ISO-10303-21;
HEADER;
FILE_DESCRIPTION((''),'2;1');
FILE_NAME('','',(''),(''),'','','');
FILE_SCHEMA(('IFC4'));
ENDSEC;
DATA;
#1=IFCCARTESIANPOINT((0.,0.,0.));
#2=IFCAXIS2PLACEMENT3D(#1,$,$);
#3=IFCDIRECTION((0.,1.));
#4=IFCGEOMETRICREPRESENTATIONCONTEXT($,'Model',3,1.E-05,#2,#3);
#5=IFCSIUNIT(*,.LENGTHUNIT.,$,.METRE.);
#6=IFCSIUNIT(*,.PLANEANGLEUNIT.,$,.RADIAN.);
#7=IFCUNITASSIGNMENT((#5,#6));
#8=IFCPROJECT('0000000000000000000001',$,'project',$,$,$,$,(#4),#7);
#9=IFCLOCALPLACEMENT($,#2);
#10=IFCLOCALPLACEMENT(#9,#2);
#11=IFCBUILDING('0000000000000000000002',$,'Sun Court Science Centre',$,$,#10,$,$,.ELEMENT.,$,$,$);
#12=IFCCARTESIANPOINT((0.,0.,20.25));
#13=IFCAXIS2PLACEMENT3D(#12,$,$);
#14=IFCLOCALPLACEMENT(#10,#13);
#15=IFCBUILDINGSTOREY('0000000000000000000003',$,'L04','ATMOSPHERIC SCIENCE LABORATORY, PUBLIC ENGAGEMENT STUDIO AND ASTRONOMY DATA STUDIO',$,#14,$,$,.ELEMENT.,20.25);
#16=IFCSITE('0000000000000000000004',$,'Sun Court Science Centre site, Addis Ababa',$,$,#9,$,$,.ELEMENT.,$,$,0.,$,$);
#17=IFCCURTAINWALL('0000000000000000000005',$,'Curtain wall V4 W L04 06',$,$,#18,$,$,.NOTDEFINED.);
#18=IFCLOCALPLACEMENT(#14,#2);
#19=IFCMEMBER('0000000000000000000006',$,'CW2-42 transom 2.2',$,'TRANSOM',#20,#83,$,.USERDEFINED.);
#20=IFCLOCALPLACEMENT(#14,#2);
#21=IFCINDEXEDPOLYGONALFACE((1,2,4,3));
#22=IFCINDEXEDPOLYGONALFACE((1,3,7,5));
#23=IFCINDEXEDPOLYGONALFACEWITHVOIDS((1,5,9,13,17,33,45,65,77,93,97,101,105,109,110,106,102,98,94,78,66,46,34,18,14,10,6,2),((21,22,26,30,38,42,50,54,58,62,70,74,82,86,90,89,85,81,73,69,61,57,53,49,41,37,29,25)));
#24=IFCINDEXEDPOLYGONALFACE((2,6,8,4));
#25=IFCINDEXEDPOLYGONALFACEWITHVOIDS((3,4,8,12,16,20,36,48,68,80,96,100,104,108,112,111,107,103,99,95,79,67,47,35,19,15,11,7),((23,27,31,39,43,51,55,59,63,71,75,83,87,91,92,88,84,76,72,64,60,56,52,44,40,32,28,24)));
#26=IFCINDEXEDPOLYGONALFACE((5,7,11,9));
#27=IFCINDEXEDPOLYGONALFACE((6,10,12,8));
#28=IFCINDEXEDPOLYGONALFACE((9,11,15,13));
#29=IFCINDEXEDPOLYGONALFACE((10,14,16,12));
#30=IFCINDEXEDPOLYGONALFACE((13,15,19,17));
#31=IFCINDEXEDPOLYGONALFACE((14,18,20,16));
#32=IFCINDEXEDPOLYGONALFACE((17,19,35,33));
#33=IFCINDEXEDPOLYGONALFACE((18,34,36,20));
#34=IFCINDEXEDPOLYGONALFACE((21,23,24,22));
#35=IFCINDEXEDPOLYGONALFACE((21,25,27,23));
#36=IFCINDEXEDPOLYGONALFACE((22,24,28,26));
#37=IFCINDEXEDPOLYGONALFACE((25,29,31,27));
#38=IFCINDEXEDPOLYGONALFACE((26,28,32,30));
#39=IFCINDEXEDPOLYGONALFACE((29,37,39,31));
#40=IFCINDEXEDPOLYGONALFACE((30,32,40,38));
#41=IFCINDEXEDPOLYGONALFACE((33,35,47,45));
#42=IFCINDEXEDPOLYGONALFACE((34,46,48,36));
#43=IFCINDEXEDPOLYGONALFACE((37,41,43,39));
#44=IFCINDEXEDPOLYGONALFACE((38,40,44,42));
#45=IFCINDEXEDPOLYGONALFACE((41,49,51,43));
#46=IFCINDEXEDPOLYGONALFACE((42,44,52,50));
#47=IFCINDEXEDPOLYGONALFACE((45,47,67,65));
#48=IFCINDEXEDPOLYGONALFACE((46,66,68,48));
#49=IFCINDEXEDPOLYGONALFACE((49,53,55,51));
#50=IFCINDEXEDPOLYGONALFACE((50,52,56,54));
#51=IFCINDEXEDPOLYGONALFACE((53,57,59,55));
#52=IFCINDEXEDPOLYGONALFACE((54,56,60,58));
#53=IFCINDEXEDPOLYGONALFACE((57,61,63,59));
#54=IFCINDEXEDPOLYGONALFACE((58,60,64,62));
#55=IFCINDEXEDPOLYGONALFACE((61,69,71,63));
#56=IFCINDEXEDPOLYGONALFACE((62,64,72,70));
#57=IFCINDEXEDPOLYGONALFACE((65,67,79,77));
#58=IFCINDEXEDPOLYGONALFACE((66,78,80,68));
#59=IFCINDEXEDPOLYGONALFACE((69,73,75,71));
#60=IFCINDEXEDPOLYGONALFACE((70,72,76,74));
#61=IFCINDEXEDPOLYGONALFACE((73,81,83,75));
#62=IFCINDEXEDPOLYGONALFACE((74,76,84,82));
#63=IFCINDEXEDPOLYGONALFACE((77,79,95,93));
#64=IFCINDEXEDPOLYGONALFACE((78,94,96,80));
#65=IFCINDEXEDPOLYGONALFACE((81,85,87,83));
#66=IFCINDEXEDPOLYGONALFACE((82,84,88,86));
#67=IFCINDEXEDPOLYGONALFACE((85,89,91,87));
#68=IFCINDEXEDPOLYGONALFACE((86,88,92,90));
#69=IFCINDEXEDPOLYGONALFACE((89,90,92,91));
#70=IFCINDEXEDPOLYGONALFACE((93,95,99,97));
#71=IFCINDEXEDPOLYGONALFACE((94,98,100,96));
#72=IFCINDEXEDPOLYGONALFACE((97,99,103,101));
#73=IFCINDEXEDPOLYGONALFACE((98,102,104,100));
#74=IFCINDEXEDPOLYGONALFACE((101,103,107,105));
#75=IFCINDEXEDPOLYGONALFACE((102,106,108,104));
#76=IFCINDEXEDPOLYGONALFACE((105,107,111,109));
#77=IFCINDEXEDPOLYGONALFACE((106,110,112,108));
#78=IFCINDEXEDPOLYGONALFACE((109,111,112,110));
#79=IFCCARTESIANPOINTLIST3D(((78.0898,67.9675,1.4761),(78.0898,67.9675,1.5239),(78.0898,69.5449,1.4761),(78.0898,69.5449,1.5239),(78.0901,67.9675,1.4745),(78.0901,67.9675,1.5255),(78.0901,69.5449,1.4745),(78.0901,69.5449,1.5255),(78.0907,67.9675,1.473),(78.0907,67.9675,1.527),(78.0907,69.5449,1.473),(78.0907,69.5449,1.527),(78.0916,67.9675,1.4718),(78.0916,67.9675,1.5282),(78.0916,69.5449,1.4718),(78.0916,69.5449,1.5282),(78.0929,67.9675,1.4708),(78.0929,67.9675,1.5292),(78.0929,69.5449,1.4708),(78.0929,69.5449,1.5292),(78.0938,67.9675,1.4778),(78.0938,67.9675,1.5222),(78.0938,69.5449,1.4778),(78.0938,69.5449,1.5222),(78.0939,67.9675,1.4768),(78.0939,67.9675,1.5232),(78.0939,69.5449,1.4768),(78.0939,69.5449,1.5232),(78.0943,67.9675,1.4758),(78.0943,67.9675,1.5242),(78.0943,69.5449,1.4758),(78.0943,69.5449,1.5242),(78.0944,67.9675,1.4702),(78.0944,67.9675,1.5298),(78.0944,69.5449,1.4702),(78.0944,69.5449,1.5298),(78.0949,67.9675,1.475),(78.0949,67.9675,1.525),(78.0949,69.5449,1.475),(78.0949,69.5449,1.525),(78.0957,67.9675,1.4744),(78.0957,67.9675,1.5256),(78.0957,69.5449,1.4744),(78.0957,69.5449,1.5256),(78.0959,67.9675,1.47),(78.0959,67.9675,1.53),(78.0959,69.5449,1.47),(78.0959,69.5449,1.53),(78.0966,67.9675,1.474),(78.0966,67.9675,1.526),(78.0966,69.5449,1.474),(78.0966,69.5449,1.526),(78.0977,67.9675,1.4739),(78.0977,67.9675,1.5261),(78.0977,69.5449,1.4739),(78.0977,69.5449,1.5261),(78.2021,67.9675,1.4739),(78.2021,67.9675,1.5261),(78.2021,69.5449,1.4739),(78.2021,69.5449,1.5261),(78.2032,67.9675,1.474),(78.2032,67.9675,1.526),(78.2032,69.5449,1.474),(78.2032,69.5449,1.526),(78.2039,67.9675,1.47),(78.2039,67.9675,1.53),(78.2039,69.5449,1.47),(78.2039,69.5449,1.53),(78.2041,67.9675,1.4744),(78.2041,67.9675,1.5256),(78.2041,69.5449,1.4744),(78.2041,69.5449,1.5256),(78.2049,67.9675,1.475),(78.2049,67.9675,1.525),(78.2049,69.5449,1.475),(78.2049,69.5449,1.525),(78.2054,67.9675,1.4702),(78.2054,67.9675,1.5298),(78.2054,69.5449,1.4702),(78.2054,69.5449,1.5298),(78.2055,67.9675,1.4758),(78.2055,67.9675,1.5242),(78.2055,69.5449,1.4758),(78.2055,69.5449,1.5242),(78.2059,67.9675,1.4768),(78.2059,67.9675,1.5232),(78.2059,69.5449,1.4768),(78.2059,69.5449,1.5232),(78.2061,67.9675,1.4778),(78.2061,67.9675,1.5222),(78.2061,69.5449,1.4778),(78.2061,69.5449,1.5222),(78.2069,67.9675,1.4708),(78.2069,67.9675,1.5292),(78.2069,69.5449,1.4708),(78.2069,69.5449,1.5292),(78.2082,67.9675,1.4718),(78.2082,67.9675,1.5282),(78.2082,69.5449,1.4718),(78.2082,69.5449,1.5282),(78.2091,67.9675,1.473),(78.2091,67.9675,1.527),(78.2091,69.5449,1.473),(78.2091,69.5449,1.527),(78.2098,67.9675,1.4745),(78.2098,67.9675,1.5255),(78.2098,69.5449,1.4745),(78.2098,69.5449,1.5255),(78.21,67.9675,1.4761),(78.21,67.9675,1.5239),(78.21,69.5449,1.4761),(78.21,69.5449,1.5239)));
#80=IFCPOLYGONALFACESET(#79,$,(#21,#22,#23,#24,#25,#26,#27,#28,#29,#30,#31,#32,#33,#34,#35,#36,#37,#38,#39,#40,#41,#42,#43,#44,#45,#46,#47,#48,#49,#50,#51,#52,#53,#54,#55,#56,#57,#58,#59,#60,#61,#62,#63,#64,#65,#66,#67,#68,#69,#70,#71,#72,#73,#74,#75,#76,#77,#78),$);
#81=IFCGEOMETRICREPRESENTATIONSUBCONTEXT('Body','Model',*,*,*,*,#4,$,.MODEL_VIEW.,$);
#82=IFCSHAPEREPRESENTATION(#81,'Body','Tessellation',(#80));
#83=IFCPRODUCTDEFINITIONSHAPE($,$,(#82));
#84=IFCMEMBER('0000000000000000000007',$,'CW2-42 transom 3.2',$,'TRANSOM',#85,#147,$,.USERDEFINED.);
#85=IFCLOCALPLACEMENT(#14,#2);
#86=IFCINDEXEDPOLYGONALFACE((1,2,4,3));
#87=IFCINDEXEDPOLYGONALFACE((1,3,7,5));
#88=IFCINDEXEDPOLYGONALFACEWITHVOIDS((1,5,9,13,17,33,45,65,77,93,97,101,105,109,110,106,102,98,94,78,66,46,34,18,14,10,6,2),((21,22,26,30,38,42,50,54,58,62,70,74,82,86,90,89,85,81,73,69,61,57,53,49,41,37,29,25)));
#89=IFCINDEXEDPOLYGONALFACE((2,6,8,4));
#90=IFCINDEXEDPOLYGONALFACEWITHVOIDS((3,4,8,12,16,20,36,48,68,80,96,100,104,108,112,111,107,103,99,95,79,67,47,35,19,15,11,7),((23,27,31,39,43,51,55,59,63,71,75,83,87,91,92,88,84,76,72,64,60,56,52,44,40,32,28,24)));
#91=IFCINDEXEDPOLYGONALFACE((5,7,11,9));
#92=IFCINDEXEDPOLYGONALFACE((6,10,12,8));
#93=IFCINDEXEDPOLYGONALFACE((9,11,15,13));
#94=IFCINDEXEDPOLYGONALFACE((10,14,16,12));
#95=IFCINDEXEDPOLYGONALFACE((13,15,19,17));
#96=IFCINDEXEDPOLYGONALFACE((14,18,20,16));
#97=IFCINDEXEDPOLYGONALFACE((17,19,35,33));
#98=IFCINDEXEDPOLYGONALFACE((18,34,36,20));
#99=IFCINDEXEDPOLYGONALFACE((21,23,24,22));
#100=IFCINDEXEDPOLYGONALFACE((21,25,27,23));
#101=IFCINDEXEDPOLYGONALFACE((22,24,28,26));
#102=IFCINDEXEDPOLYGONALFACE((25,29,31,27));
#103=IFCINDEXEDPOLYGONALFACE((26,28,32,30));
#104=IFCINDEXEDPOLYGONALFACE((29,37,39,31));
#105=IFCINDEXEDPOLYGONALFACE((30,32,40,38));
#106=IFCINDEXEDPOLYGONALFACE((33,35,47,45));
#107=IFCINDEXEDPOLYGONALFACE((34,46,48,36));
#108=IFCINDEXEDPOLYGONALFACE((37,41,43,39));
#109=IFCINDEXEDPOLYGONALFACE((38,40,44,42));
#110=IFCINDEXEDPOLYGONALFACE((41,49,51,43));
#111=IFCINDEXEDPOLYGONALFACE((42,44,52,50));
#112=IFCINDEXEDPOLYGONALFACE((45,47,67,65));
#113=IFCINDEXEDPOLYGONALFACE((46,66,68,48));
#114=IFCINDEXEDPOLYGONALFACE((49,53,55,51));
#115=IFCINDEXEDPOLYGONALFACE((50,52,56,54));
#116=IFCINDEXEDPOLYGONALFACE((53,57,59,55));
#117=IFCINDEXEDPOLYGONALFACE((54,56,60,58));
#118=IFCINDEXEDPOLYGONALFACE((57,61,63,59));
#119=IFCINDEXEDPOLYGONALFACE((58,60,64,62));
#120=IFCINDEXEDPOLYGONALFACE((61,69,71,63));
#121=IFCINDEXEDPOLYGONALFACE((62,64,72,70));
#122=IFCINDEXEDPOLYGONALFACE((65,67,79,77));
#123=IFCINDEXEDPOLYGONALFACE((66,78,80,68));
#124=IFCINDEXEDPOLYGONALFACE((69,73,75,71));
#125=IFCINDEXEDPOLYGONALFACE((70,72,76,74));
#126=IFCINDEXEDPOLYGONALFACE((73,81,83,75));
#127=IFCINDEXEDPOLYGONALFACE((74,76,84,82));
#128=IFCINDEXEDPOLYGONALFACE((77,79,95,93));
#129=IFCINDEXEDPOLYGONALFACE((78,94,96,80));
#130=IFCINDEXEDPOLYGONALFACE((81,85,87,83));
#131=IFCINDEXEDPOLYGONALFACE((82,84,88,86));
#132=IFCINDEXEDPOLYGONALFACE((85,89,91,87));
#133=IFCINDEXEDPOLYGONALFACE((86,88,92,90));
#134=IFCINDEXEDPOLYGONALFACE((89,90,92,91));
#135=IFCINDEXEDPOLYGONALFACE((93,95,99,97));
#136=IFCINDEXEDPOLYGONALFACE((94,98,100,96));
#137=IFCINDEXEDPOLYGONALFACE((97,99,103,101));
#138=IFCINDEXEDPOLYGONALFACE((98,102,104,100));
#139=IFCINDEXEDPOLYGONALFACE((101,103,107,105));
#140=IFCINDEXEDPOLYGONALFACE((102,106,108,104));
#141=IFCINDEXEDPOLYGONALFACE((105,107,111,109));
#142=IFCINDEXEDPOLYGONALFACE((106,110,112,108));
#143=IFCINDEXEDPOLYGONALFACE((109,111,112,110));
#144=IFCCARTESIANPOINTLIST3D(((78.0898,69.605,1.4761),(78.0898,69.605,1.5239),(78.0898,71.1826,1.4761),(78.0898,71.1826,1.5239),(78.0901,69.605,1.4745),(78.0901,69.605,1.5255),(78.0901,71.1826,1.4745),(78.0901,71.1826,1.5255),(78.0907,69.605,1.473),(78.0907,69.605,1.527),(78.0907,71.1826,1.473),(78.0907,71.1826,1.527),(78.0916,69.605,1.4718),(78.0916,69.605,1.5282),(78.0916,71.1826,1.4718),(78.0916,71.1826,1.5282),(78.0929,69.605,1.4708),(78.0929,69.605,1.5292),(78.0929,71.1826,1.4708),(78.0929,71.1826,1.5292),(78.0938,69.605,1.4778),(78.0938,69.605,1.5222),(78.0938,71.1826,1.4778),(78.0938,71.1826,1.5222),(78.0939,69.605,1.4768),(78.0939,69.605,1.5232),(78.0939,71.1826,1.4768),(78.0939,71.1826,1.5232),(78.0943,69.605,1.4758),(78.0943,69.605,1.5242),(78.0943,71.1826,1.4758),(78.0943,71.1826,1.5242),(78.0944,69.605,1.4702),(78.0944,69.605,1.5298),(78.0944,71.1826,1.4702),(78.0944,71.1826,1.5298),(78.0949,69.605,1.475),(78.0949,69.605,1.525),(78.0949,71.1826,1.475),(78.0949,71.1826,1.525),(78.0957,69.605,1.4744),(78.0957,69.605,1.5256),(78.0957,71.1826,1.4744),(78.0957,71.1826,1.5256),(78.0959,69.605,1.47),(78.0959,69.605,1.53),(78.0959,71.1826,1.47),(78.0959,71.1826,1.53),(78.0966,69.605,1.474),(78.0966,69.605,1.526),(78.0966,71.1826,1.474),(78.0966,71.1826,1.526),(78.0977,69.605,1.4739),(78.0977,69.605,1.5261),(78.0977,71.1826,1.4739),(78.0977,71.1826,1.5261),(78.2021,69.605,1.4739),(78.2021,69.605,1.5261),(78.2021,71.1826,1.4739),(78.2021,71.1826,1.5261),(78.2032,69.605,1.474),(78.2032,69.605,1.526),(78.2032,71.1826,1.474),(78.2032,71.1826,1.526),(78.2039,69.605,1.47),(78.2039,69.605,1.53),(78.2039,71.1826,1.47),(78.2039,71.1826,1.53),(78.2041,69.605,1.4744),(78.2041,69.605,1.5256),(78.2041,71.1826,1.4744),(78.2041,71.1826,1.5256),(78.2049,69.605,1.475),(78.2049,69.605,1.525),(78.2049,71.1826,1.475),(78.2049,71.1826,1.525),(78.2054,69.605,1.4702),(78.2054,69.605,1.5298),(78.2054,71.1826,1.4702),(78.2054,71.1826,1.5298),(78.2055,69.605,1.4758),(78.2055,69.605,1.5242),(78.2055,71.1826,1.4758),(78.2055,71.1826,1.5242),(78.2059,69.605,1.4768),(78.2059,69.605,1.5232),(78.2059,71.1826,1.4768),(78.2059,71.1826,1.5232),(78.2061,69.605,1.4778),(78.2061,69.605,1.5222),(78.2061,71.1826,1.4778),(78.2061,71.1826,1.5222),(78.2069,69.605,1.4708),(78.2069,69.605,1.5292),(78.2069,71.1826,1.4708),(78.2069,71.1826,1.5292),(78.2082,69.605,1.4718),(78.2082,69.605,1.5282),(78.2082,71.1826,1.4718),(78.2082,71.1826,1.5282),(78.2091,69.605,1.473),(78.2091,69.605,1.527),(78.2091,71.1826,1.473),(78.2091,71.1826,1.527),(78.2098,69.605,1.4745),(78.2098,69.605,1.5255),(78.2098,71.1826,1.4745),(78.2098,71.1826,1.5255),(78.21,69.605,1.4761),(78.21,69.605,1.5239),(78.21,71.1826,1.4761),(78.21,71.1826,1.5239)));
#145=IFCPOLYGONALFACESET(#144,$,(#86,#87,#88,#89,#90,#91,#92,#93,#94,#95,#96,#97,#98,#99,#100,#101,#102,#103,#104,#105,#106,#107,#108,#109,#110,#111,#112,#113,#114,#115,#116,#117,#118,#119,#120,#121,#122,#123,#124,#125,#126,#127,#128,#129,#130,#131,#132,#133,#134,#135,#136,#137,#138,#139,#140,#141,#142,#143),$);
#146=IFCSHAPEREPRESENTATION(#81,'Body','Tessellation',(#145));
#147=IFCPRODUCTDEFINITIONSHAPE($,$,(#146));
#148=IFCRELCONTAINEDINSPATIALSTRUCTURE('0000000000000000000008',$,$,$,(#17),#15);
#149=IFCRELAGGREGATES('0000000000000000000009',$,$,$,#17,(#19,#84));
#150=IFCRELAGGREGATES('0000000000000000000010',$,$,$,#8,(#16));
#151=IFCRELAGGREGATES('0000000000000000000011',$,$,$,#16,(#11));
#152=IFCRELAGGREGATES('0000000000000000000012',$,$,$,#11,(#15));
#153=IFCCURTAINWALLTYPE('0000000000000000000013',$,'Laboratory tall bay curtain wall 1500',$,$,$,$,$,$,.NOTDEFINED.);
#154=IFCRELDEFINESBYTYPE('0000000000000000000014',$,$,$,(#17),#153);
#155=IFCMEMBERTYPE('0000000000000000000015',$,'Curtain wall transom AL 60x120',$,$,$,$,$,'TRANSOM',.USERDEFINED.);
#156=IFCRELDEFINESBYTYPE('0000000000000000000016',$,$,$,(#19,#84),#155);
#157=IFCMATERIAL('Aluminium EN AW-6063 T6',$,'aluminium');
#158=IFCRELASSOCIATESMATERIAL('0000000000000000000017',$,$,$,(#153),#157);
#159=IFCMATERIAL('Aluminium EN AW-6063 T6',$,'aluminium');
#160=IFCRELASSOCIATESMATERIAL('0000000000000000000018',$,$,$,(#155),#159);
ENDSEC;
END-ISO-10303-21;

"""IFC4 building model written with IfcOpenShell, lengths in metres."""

from ifc_helpers import new_model, si_unit, direction, frame, origin, origin_2d, place, context, subcontext, project, spatial, hollow_rectangle, extrude, material, material_profile, profile_set, type_object, element, aggregate, save


model = new_model("IFC4")

# Units and contexts
model_context = context("Model", 3, precision=1e-05, world=origin(), true_north=direction((0.0, 1.0)))
body_context = subcontext(model_context, "Body", "Model", "MODEL_VIEW")
ifc_project = project(units=[si_unit("LENGTHUNIT", "METRE"), si_unit("PLANEANGLEUNIT", "RADIAN")], contexts=[model_context])

# Site, building, storey
site_placement = place(None, origin())
site = spatial("IfcSite", under=ifc_project, at=site_placement, Name="Sun Court Science Centre site, Addis Ababa", CompositionType="ELEMENT", RefElevation=0.0)
building_placement = place(site_placement, origin())
building = spatial("IfcBuilding", under=site, at=building_placement, Name="Sun Court Science Centre", CompositionType="ELEMENT")
storey_placement = place(building_placement, frame((0.0, 0.0, 20.25)))
storey = spatial("IfcBuildingStorey", under=building, at=storey_placement, Name="L04", Description="ATMOSPHERIC SCIENCE LABORATORY, PUBLIC ENGAGEMENT STUDIO AND ASTRONOMY DATA STUDIO", CompositionType="ELEMENT", Elevation=20.25)

# Curtain wall
ifc_material_1 = material(Name="Aluminium EN AW-6063 T6", Category="aluminium")
curtain_wall_type = type_object("IfcCurtainWallType", Name="Laboratory tall bay curtain wall 1500", PredefinedType="NOTDEFINED", material=ifc_material_1)
curtain_wall_1_placement = place(storey_placement, origin())
curtain_wall_1 = element("IfcCurtainWall", 1, at=curtain_wall_1_placement, inside=storey, type_object=curtain_wall_type, Name="Curtain wall V4 W L04 06", PredefinedType="NOTDEFINED")

# Members
ifc_material_2 = material(Name="Aluminium EN AW-6063 T6", Category="aluminium")
ifc_material_profile_1 = material_profile(ifc_material_2, hollow_rectangle(XDim=0.0601, YDim=0.1201, WallThickness=0.0039, InnerFilletRadius=0.0039, OuterFilletRadius=0.0061, at=origin_2d()), Name="AL 60x120x4")
ifc_profile_set_1 = profile_set([ifc_material_profile_1], Name="Aluminium EN AW-6063 T6")
member_type_1 = type_object("IfcMemberType", Name="Curtain wall transom AL 60x120", ElementType="TRANSOM", PredefinedType="USERDEFINED", material=ifc_profile_set_1)
member_1_placement = place(storey_placement, frame((78.1499, 67.9675, 1.5), z_axis=(0.0, 1.0, 0.0), x_axis=(0.0, 0.0, 1.0)))
member_1 = element("IfcMember", 2, at=member_1_placement, type_object=member_type_1, Name="CW2-42 transom 2.2", ObjectType="TRANSOM", PredefinedType="USERDEFINED", context=body_context, shape_type="SweptSolid", body=[
    extrude(hollow_rectangle(XDim=0.0601, YDim=0.1201, WallThickness=0.0039, InnerFilletRadius=0.0039, OuterFilletRadius=0.0061, at=origin_2d()), origin(), (0.0, 0.0, 1.0), 1.5774),
])
member_2_placement = place(storey_placement, frame((78.1499, 69.605, 1.5), z_axis=(0.0, 1.0, 0.0), x_axis=(0.0, 0.0, 1.0)))
member_2 = element("IfcMember", 3, at=member_2_placement, type_object=member_type_1, Name="CW2-42 transom 3.2", ObjectType="TRANSOM", PredefinedType="USERDEFINED", context=body_context, shape_type="SweptSolid", body=[
    extrude(hollow_rectangle(XDim=0.0601, YDim=0.1201, WallThickness=0.0039, InnerFilletRadius=0.0039, OuterFilletRadius=0.0061, at=origin_2d()), origin(), (0.0, 0.0, 1.0), 1.5776),
])

aggregate(curtain_wall_1, [member_1, member_2])

save(model, "model.ifc")
